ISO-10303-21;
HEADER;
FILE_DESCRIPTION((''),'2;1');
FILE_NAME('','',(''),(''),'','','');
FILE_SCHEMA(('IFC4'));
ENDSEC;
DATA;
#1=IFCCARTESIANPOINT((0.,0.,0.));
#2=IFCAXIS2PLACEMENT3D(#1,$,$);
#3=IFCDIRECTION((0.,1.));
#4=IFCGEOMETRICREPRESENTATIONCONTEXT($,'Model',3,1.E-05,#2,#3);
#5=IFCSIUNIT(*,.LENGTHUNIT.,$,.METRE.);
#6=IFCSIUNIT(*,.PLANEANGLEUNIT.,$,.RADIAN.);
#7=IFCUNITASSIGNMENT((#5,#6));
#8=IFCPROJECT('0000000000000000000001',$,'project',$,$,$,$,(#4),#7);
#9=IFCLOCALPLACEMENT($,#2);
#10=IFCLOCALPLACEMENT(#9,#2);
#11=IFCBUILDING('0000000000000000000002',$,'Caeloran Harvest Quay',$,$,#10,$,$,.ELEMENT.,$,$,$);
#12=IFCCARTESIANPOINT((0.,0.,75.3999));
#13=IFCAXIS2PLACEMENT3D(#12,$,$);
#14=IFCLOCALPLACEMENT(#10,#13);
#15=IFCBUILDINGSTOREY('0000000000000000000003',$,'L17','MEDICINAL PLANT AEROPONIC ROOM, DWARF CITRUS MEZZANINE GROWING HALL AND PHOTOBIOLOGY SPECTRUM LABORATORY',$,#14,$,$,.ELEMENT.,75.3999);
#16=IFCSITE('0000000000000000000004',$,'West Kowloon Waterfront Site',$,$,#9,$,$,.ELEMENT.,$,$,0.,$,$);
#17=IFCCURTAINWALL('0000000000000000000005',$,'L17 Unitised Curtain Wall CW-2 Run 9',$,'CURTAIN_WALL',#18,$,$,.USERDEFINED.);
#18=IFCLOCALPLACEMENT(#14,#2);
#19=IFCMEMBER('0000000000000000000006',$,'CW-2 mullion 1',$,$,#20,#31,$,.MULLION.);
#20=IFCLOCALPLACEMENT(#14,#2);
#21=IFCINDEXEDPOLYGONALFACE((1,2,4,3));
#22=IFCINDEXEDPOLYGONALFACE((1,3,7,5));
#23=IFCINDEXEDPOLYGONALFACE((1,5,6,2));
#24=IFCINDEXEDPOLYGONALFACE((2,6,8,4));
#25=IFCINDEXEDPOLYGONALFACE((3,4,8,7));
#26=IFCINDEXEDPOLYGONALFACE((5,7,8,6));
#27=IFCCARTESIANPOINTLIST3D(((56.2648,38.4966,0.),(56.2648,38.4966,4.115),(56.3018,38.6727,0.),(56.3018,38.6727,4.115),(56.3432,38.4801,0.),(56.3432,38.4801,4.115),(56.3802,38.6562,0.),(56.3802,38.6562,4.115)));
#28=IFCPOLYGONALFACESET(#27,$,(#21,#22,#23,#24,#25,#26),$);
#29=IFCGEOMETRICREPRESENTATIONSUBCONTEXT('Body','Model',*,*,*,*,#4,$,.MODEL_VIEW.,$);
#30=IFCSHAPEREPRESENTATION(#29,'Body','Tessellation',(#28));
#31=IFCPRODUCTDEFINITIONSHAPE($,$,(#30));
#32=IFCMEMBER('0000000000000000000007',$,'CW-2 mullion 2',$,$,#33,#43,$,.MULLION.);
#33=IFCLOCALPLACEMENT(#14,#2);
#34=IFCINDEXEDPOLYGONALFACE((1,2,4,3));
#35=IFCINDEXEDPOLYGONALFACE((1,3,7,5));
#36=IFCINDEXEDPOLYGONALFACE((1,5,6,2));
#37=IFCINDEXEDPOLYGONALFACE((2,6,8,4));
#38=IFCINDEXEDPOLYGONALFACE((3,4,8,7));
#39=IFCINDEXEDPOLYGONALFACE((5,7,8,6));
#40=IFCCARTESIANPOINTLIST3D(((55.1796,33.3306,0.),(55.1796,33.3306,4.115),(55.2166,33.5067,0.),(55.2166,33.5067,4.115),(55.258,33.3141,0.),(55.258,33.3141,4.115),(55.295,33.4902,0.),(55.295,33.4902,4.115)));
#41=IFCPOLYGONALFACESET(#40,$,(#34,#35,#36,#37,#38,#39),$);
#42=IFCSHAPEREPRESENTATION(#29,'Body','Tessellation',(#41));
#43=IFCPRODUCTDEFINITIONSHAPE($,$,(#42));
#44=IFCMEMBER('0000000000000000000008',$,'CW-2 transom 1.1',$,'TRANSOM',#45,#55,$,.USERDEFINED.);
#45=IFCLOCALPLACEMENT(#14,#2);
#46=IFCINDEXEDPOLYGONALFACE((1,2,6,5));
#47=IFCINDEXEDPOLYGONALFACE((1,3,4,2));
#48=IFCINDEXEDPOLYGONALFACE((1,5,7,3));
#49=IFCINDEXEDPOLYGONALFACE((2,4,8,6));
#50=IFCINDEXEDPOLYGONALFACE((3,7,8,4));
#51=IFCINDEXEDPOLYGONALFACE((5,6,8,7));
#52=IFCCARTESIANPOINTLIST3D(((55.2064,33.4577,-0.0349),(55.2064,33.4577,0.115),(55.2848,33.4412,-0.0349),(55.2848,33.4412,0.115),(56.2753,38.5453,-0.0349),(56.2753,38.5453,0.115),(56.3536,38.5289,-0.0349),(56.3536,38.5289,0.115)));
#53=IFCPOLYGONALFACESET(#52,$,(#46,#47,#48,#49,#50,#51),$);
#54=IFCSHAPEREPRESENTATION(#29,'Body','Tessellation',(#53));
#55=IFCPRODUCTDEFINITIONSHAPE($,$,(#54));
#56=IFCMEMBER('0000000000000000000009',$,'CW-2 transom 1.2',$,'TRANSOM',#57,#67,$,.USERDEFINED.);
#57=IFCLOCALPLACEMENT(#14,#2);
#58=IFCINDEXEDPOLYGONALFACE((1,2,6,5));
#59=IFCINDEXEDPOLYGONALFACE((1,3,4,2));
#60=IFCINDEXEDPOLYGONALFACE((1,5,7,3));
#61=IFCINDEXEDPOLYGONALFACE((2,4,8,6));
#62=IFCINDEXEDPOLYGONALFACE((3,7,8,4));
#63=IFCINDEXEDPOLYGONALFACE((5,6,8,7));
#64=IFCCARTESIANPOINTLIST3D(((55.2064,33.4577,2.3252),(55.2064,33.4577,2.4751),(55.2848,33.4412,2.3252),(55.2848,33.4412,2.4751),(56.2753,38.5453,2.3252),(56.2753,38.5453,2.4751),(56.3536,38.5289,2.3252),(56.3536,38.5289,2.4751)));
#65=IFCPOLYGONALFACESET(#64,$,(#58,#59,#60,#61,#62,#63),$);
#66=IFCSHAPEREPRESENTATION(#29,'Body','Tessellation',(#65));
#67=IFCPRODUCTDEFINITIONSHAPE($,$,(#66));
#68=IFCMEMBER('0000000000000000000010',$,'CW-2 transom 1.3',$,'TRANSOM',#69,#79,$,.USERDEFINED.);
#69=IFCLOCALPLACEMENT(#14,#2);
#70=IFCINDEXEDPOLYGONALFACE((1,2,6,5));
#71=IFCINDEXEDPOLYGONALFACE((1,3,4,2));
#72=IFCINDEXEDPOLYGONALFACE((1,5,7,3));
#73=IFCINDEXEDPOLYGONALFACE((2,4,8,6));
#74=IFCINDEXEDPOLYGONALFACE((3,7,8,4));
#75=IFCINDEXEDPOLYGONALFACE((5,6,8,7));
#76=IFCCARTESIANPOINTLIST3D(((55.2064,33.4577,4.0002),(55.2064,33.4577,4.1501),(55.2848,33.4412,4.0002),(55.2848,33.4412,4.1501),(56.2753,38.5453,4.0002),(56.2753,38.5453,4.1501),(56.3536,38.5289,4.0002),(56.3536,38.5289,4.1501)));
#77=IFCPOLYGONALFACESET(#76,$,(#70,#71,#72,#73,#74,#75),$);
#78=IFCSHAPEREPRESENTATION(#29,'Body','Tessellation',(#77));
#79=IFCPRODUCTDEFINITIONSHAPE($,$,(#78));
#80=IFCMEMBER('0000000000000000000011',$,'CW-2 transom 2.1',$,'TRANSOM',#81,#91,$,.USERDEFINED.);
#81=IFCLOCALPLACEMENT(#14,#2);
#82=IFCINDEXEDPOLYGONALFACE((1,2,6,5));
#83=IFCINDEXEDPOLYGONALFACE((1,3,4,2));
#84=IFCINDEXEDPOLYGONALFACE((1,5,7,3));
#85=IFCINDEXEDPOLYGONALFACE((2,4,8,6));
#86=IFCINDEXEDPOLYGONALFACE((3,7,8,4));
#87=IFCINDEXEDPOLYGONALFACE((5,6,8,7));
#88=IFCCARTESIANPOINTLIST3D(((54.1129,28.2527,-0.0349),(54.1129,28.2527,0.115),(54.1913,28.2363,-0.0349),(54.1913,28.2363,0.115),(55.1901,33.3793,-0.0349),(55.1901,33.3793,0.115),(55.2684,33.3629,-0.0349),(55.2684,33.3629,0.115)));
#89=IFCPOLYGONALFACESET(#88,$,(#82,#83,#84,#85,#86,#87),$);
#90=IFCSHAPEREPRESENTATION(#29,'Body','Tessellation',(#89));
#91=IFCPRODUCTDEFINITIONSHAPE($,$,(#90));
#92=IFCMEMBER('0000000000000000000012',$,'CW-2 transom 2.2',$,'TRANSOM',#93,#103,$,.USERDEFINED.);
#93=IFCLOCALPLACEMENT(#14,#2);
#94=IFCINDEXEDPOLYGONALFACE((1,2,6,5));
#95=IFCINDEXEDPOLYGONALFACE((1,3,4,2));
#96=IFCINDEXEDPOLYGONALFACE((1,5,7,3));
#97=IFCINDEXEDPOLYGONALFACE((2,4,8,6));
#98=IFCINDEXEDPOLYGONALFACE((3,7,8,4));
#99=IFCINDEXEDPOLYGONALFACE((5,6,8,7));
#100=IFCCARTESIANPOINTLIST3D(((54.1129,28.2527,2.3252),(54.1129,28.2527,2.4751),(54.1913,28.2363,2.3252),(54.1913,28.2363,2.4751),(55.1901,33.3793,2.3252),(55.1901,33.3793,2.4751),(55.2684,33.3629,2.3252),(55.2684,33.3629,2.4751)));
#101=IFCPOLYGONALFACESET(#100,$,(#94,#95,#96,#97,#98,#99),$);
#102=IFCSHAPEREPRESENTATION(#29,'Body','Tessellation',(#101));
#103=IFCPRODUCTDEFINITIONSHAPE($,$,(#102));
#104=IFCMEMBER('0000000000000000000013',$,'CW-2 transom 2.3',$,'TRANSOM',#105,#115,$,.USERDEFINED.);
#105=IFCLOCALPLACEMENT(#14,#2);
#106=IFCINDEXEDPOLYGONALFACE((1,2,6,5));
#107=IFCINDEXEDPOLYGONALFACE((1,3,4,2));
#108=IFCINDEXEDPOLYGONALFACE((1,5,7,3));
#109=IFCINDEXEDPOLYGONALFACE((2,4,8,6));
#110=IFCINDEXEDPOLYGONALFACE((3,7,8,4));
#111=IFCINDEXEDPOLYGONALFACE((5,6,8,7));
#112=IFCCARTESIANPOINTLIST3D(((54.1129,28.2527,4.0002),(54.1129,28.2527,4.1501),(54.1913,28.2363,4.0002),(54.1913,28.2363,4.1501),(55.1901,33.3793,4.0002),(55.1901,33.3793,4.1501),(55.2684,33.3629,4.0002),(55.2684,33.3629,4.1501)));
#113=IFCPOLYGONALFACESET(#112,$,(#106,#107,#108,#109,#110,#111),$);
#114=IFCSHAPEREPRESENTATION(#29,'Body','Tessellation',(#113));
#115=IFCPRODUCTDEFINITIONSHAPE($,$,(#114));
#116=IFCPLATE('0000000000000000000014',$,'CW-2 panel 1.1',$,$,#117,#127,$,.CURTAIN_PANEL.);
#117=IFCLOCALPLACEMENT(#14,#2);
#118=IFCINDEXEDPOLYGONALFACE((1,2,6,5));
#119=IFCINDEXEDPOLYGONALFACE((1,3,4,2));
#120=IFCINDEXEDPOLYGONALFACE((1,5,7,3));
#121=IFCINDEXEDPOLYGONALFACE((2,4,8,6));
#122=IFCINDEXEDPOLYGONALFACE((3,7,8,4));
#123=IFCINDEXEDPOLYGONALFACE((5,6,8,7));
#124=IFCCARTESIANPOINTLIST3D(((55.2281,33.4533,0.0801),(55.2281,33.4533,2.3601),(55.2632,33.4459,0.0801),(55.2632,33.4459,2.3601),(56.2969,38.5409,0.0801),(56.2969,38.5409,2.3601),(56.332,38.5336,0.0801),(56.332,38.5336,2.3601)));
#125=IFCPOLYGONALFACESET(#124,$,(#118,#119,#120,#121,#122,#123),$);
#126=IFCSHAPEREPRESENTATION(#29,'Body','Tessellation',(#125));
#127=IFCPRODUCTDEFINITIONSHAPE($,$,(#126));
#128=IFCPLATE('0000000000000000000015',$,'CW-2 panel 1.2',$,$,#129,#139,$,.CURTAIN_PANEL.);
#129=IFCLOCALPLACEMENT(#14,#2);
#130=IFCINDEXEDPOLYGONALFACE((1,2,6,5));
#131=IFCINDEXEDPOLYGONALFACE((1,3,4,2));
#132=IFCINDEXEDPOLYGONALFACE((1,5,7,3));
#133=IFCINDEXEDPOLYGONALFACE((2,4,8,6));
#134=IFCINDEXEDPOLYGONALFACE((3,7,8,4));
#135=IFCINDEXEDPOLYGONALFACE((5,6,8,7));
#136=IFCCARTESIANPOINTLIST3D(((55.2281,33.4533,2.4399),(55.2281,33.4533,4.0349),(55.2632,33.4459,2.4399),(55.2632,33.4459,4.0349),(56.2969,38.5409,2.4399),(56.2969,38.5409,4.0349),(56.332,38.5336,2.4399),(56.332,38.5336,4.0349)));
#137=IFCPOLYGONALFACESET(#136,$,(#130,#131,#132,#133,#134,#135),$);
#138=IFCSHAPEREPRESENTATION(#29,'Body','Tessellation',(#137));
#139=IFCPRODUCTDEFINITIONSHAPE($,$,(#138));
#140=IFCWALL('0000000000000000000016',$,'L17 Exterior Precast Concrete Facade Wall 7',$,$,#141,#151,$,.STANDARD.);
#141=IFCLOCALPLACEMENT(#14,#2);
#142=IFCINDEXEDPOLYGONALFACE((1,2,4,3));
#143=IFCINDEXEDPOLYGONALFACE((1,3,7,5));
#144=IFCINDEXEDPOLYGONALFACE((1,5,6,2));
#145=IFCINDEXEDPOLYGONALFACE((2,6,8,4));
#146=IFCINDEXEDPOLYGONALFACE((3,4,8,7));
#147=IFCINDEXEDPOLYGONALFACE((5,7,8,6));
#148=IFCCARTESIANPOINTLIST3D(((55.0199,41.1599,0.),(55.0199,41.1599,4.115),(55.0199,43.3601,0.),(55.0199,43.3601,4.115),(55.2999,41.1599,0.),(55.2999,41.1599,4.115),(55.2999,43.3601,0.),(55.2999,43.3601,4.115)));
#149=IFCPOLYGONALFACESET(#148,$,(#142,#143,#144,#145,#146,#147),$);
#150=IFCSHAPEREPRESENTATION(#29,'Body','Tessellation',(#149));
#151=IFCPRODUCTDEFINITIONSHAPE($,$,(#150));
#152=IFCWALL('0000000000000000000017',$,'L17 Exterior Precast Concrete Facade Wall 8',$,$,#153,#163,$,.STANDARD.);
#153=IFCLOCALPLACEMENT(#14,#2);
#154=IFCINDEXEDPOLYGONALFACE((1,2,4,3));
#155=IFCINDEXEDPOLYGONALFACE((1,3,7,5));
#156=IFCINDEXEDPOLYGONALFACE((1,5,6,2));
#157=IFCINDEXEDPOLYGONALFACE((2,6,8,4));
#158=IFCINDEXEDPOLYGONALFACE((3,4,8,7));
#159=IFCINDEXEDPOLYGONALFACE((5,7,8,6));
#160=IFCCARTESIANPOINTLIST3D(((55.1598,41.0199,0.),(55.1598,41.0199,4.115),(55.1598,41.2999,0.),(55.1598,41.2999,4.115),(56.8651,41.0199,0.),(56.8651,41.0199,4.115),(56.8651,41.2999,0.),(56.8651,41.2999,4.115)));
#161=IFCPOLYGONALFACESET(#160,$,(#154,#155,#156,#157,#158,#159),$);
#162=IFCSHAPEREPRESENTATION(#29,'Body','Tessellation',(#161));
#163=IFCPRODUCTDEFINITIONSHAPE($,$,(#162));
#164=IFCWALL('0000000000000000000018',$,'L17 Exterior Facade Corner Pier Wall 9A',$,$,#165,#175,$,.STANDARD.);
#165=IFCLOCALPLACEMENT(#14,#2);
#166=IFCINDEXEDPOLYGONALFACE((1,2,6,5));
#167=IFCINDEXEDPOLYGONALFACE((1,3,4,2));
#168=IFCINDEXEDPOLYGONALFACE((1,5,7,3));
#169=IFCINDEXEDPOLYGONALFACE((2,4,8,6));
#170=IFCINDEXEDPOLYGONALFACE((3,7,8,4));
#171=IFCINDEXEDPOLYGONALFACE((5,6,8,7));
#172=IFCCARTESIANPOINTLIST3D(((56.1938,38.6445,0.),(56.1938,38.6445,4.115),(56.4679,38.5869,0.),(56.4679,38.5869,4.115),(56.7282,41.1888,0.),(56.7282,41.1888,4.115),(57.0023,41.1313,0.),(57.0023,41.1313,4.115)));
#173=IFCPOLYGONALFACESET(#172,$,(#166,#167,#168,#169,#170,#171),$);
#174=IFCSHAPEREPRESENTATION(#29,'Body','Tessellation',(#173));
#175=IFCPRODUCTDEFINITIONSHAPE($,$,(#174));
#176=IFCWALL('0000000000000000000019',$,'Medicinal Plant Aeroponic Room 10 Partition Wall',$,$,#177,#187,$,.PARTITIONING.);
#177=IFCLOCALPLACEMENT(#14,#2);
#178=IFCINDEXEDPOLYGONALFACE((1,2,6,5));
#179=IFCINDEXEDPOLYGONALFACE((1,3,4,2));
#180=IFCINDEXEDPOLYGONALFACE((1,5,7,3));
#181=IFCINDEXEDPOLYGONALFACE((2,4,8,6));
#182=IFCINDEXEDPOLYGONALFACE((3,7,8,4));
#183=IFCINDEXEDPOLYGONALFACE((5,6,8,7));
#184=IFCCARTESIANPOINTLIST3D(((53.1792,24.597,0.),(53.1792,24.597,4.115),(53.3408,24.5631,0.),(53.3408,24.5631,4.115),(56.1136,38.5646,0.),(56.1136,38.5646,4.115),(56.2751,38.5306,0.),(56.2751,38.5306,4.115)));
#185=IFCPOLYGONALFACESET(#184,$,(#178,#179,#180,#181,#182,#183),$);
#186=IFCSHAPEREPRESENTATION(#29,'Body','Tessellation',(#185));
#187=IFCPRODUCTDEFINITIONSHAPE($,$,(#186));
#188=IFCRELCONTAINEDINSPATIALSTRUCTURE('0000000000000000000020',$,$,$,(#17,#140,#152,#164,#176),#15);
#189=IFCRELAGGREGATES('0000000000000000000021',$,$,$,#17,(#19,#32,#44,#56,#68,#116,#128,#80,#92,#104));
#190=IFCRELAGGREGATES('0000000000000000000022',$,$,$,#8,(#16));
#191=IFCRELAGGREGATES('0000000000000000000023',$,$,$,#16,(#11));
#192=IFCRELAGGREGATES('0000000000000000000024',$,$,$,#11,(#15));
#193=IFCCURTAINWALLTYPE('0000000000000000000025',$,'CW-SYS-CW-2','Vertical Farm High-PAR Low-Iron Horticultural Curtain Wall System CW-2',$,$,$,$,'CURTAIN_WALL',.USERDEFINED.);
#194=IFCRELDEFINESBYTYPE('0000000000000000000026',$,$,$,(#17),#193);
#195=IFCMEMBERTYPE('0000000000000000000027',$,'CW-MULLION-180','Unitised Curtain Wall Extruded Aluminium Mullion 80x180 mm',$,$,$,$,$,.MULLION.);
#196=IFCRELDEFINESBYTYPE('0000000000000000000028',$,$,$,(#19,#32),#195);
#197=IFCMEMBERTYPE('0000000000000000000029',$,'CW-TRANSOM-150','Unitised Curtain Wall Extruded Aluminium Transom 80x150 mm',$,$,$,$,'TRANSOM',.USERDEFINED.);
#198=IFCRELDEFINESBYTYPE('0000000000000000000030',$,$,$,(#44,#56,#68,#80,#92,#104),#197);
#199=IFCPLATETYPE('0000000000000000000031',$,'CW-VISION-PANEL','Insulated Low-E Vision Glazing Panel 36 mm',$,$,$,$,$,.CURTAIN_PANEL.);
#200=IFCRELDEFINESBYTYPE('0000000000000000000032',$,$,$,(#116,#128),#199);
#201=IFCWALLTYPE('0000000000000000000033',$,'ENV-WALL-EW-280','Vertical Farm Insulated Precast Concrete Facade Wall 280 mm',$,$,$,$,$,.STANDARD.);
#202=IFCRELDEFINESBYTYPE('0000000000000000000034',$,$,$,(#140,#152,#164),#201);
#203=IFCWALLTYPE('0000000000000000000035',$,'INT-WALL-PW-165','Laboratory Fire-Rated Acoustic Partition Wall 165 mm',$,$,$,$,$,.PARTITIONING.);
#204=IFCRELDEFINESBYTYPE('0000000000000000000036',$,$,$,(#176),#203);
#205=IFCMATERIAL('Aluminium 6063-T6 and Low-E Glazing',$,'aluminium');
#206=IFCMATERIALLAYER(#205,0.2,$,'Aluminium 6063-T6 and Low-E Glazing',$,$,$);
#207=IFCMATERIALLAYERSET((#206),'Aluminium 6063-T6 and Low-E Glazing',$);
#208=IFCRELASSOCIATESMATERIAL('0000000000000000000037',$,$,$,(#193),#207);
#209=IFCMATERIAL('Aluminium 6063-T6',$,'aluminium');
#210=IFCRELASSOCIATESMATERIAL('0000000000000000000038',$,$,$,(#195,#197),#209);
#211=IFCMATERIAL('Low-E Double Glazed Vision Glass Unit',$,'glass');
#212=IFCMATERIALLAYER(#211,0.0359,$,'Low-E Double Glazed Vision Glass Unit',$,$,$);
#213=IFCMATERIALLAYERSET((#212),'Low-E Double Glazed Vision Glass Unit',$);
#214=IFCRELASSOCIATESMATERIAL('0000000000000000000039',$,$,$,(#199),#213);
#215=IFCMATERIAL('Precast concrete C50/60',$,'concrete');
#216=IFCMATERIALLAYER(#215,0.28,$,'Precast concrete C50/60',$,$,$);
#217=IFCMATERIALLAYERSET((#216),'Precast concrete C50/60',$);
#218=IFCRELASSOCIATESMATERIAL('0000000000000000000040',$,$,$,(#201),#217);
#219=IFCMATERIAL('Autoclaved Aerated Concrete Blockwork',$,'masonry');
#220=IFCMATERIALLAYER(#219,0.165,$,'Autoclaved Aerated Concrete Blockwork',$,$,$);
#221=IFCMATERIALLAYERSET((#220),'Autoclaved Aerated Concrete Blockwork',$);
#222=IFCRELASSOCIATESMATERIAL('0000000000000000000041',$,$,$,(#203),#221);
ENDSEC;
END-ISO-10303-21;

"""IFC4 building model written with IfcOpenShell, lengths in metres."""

from ifc_helpers import new_model, si_unit, direction, frame, frame_2d, origin, origin_2d, place, context, subcontext, project, spatial, rectangle, extrude, material, layer, layer_set, material_profile, profile_set, type_object, element, aggregate, save


model = new_model("IFC4")

# Units and contexts
model_context = context("Model", 3, precision=1e-05, world=origin(), true_north=direction((0.0, 1.0)))
body_context = subcontext(model_context, "Body", "Model", "MODEL_VIEW")
ifc_project = project(units=[si_unit("LENGTHUNIT", "METRE"), si_unit("PLANEANGLEUNIT", "RADIAN")], contexts=[model_context])

# Site, building, storey
site_placement = place(None, origin())
site = spatial("IfcSite", under=ifc_project, at=site_placement, Name="West Kowloon Waterfront Site", CompositionType="ELEMENT", RefElevation=0.0)
building_placement = place(site_placement, origin())
building = spatial("IfcBuilding", under=site, at=building_placement, Name="Caeloran Harvest Quay", CompositionType="ELEMENT")
storey_placement = place(building_placement, frame((0.0, 0.0, 75.3999)))
storey = spatial("IfcBuildingStorey", under=building, at=storey_placement, Name="L17", Description="MEDICINAL PLANT AEROPONIC ROOM, DWARF CITRUS MEZZANINE GROWING HALL AND PHOTOBIOLOGY SPECTRUM LABORATORY", CompositionType="ELEMENT", Elevation=75.3999)

# Curtain wall, members, plates
ifc_material_1 = material(Name="Aluminium 6063-T6 and Low-E Glazing", Category="aluminium")
ifc_layer_1 = layer(ifc_material_1, 0.2, Name="Aluminium 6063-T6 and Low-E Glazing")
ifc_layer_set_1 = layer_set([ifc_layer_1], Name="Aluminium 6063-T6 and Low-E Glazing")
curtain_wall_type = type_object("IfcCurtainWallType", Name="CW-SYS-CW-2", Description="Vertical Farm High-PAR Low-Iron Horticultural Curtain Wall System CW-2", ElementType="CURTAIN_WALL", PredefinedType="USERDEFINED", material=ifc_layer_set_1)
curtain_wall_placement = place(storey_placement, origin())
curtain_wall = element("IfcCurtainWall", 1, at=curtain_wall_placement, inside=storey, type_object=curtain_wall_type, Name="L17 Unitised Curtain Wall CW-2 Run 9", ObjectType="CURTAIN_WALL", PredefinedType="USERDEFINED")
ifc_material_2 = material(Name="Aluminium 6063-T6", Category="aluminium")
ifc_material_profile_1 = material_profile(ifc_material_2, rectangle(XDim=0.0801, YDim=0.1799, at=origin_2d()), Name="CW-MULLION-180")
ifc_profile_set_1 = profile_set([ifc_material_profile_1], Name="Aluminium 6063-T6")
member_type_1 = type_object("IfcMemberType", Name="CW-MULLION-180", Description="Unitised Curtain Wall Extruded Aluminium Mullion 80x180 mm", PredefinedType="MULLION", material=ifc_profile_set_1)
member_1_placement = place(storey_placement, frame((56.3225, 38.5764, 0.0), z_axis=(0.0, 0.0, 1.0), x_axis=(0.97864, -0.205583, 0.0)))
member_1 = element("IfcMember", 2, at=member_1_placement, type_object=member_type_1, Name="CW-2 mullion 1", PredefinedType="MULLION", context=body_context, shape_type="SweptSolid", body=[
    extrude(rectangle(XDim=0.0801, YDim=0.1799, at=origin_2d()), origin(), (0.0, 0.0, 1.0), 4.115),
])
member_2_placement = place(storey_placement, frame((55.2373, 33.4104, 0.0), z_axis=(0.0, 0.0, 1.0), x_axis=(0.97864, -0.205583, 0.0)))
member_2 = element("IfcMember", 3, at=member_2_placement, type_object=member_type_1, Name="CW-2 mullion 2", PredefinedType="MULLION", context=body_context, shape_type="SweptSolid", body=[
    extrude(rectangle(XDim=0.0801, YDim=0.1799, at=origin_2d()), origin(), (0.0, 0.0, 1.0), 4.115),
])
ifc_material_profile_2 = material_profile(ifc_material_2, rectangle(XDim=0.0801, YDim=0.1499, at=origin_2d()), Name="CW-TRANSOM-150")
ifc_profile_set_2 = profile_set([ifc_material_profile_2], Name="Aluminium 6063-T6")
member_type_2 = type_object("IfcMemberType", Name="CW-TRANSOM-150", Description="Unitised Curtain Wall Extruded Aluminium Transom 80x150 mm", ElementType="TRANSOM", PredefinedType="USERDEFINED", material=ifc_profile_set_2)
member_3_placement = place(storey_placement, frame((56.3145, 38.5371, 0.04), z_axis=(-0.205599, -0.978636, 0.0), x_axis=(0.978636, -0.205599, 0.0)))
member_3 = element("IfcMember", 4, at=member_3_placement, type_object=member_type_2, Name="CW-2 transom 1.1", ObjectType="TRANSOM", PredefinedType="USERDEFINED", context=body_context, shape_type="SweptSolid", body=[
    extrude(rectangle(XDim=0.0801, YDim=0.1499, at=origin_2d()), origin(), (0.0, 0.0, 1.0), 5.1987),
])
member_4_placement = place(storey_placement, frame((56.3145, 38.5371, 2.4001), z_axis=(-0.205599, -0.978636, 0.0), x_axis=(0.978636, -0.205599, 0.0)))
member_4 = element("IfcMember", 5, at=member_4_placement, type_object=member_type_2, Name="CW-2 transom 1.2", ObjectType="TRANSOM", PredefinedType="USERDEFINED", context=body_context, shape_type="SweptSolid", body=[
    extrude(rectangle(XDim=0.0801, YDim=0.1499, at=origin_2d()), origin(), (0.0, 0.0, 1.0), 5.1987),
])
member_5_placement = place(storey_placement, frame((56.3145, 38.5371, 4.0752), z_axis=(-0.205599, -0.978636, 0.0), x_axis=(0.978636, -0.205599, 0.0)))
member_5 = element("IfcMember", 6, at=member_5_placement, type_object=member_type_2, Name="CW-2 transom 1.3", ObjectType="TRANSOM", PredefinedType="USERDEFINED", context=body_context, shape_type="SweptSolid", body=[
    extrude(rectangle(XDim=0.0801, YDim=0.1499, at=origin_2d()), origin(), (0.0, 0.0, 1.0), 5.1987),
])
member_6_placement = place(storey_placement, frame((55.2292, 33.3711, 0.04), z_axis=(-0.205616, -0.978633, 0.0), x_axis=(0.978633, -0.205616, 0.0)))
member_6 = element("IfcMember", 7, at=member_6_placement, type_object=member_type_2, Name="CW-2 transom 2.1", ObjectType="TRANSOM", PredefinedType="USERDEFINED", context=body_context, shape_type="SweptSolid", body=[
    extrude(rectangle(XDim=0.0801, YDim=0.1499, at=origin_2d()), origin(), (0.0, 0.0, 1.0), 5.2385),
])
member_7_placement = place(storey_placement, frame((55.2292, 33.3711, 2.4001), z_axis=(-0.205616, -0.978633, 0.0), x_axis=(0.978633, -0.205616, 0.0)))
member_7 = element("IfcMember", 8, at=member_7_placement, type_object=member_type_2, Name="CW-2 transom 2.2", ObjectType="TRANSOM", PredefinedType="USERDEFINED", context=body_context, shape_type="SweptSolid", body=[
    extrude(rectangle(XDim=0.0801, YDim=0.1499, at=origin_2d()), origin(), (0.0, 0.0, 1.0), 5.2385),
])
member_8_placement = place(storey_placement, frame((55.2292, 33.3711, 4.0752), z_axis=(-0.205616, -0.978633, 0.0), x_axis=(0.978633, -0.205616, 0.0)))
member_8 = element("IfcMember", 9, at=member_8_placement, type_object=member_type_2, Name="CW-2 transom 2.3", ObjectType="TRANSOM", PredefinedType="USERDEFINED", context=body_context, shape_type="SweptSolid", body=[
    extrude(rectangle(XDim=0.0801, YDim=0.1499, at=origin_2d()), origin(), (0.0, 0.0, 1.0), 5.2385),
])
ifc_material_3 = material(Name="Low-E Double Glazed Vision Glass Unit", Category="glass")
ifc_layer_2 = layer(ifc_material_3, 0.0359, Name="Low-E Double Glazed Vision Glass Unit")
ifc_layer_set_2 = layer_set([ifc_layer_2], Name="Low-E Double Glazed Vision Glass Unit")
plate_type = type_object("IfcPlateType", Name="CW-VISION-PANEL", Description="Insulated Low-E Vision Glazing Panel 36 mm", PredefinedType="CURTAIN_PANEL", material=ifc_layer_set_2)
plate_1_placement = place(storey_placement, frame((55.78, 35.9934, 0.0801), z_axis=(0.0, 0.0, 1.0), x_axis=(-0.205583, -0.97864, 0.0)))
plate_1 = element("IfcPlate", 10, at=plate_1_placement, type_object=plate_type, Name="CW-2 panel 1.1", PredefinedType="CURTAIN_PANEL", context=body_context, shape_type="SweptSolid", body=[
    extrude(rectangle(XDim=5.1987, YDim=0.0359, at=origin_2d()), origin(), (0.0, 0.0, 1.0), 2.28),
])
plate_2_placement = place(storey_placement, frame((55.78, 35.9934, 2.4399), z_axis=(0.0, 0.0, 1.0), x_axis=(-0.205583, -0.97864, 0.0)))
plate_2 = element("IfcPlate", 11, at=plate_2_placement, type_object=plate_type, Name="CW-2 panel 1.2", PredefinedType="CURTAIN_PANEL", context=body_context, shape_type="SweptSolid", body=[
    extrude(rectangle(XDim=5.1987, YDim=0.0359, at=origin_2d()), origin(), (0.0, 0.0, 1.0), 1.595),
])
aggregate(curtain_wall, [member_1, member_2, member_3, member_4, member_5, plate_1, plate_2, member_6, member_7, member_8])

# Walls
ifc_material_4 = material(Name="Precast concrete C50/60", Category="concrete")
ifc_layer_3 = layer(ifc_material_4, 0.28, Name="Precast concrete C50/60")
ifc_layer_set_3 = layer_set([ifc_layer_3], Name="Precast concrete C50/60")
wall_type_1 = type_object("IfcWallType", Name="ENV-WALL-EW-280", Description="Vertical Farm Insulated Precast Concrete Facade Wall 280 mm", PredefinedType="STANDARD", material=ifc_layer_set_3)
wall_1_placement = place(storey_placement, frame((55.1599, 43.3601, 0.0), z_axis=(0.0, 0.0, 1.0), x_axis=(0.0, -1.0, 0.0)))
element("IfcWall", 12, at=wall_1_placement, inside=storey, type_object=wall_type_1, Name="L17 Exterior Precast Concrete Facade Wall 7", PredefinedType="STANDARD", context=body_context, shape_type="SweptSolid", body=[
    extrude(rectangle(XDim=2.2002, YDim=0.28, at=frame_2d((1.1001, 0.0))), origin(), (0.0, 0.0, 1.0), 4.115),
])
wall_2_placement = place(storey_placement, frame((55.1599, 41.1599, 0.0), z_axis=(0.0, 0.0, 1.0), x_axis=(1.0, 0.0, 0.0)))
element("IfcWall", 13, at=wall_2_placement, inside=storey, type_object=wall_type_1, Name="L17 Exterior Precast Concrete Facade Wall 8", PredefinedType="STANDARD", context=body_context, shape_type="SweptSolid", body=[
    extrude(rectangle(XDim=1.7053, YDim=0.28, at=frame_2d((0.8525, 0.0))), origin(), (0.0, 0.0, 1.0), 4.115),
])
wall_3_placement = place(storey_placement, frame((56.8652, 41.1599, 0.0), z_axis=(0.0, 0.0, 1.0), x_axis=(-0.205551, -0.978646, 0.0)))
element("IfcWall", 14, at=wall_3_placement, inside=storey, type_object=wall_type_1, Name="L17 Exterior Facade Corner Pier Wall 9A", PredefinedType="STANDARD", context=body_context, shape_type="SweptSolid", body=[
    extrude(rectangle(XDim=2.5999, YDim=0.28, at=frame_2d((1.2998, 0.0))), origin(), (0.0, 0.0, 1.0), 4.115),
])
ifc_material_5 = material(Name="Autoclaved Aerated Concrete Blockwork", Category="masonry")
ifc_layer_4 = layer(ifc_material_5, 0.165, Name="Autoclaved Aerated Concrete Blockwork")
ifc_layer_set_4 = layer_set([ifc_layer_4], Name="Autoclaved Aerated Concrete Blockwork")
wall_type_2 = type_object("IfcWallType", Name="INT-WALL-PW-165", Description="Laboratory Fire-Rated Acoustic Partition Wall 165 mm", PredefinedType="PARTITIONING", material=ifc_layer_set_4)
wall_4_placement = place(storey_placement, frame((56.1943, 38.5476, 0.0), z_axis=(0.0, 0.0, 1.0), x_axis=(-0.205594, -0.978637, 0.0)))
element("IfcWall", 15, at=wall_4_placement, inside=storey, type_object=wall_type_2, Name="Medicinal Plant Aeroponic Room 10 Partition Wall", PredefinedType="PARTITIONING", context=body_context, shape_type="SweptSolid", body=[
    extrude(rectangle(XDim=14.2725, YDim=0.165, at=frame_2d((7.1362, 0.0))), origin(), (0.0, 0.0, 1.0), 4.115),
])

save(model, "model.ifc")
